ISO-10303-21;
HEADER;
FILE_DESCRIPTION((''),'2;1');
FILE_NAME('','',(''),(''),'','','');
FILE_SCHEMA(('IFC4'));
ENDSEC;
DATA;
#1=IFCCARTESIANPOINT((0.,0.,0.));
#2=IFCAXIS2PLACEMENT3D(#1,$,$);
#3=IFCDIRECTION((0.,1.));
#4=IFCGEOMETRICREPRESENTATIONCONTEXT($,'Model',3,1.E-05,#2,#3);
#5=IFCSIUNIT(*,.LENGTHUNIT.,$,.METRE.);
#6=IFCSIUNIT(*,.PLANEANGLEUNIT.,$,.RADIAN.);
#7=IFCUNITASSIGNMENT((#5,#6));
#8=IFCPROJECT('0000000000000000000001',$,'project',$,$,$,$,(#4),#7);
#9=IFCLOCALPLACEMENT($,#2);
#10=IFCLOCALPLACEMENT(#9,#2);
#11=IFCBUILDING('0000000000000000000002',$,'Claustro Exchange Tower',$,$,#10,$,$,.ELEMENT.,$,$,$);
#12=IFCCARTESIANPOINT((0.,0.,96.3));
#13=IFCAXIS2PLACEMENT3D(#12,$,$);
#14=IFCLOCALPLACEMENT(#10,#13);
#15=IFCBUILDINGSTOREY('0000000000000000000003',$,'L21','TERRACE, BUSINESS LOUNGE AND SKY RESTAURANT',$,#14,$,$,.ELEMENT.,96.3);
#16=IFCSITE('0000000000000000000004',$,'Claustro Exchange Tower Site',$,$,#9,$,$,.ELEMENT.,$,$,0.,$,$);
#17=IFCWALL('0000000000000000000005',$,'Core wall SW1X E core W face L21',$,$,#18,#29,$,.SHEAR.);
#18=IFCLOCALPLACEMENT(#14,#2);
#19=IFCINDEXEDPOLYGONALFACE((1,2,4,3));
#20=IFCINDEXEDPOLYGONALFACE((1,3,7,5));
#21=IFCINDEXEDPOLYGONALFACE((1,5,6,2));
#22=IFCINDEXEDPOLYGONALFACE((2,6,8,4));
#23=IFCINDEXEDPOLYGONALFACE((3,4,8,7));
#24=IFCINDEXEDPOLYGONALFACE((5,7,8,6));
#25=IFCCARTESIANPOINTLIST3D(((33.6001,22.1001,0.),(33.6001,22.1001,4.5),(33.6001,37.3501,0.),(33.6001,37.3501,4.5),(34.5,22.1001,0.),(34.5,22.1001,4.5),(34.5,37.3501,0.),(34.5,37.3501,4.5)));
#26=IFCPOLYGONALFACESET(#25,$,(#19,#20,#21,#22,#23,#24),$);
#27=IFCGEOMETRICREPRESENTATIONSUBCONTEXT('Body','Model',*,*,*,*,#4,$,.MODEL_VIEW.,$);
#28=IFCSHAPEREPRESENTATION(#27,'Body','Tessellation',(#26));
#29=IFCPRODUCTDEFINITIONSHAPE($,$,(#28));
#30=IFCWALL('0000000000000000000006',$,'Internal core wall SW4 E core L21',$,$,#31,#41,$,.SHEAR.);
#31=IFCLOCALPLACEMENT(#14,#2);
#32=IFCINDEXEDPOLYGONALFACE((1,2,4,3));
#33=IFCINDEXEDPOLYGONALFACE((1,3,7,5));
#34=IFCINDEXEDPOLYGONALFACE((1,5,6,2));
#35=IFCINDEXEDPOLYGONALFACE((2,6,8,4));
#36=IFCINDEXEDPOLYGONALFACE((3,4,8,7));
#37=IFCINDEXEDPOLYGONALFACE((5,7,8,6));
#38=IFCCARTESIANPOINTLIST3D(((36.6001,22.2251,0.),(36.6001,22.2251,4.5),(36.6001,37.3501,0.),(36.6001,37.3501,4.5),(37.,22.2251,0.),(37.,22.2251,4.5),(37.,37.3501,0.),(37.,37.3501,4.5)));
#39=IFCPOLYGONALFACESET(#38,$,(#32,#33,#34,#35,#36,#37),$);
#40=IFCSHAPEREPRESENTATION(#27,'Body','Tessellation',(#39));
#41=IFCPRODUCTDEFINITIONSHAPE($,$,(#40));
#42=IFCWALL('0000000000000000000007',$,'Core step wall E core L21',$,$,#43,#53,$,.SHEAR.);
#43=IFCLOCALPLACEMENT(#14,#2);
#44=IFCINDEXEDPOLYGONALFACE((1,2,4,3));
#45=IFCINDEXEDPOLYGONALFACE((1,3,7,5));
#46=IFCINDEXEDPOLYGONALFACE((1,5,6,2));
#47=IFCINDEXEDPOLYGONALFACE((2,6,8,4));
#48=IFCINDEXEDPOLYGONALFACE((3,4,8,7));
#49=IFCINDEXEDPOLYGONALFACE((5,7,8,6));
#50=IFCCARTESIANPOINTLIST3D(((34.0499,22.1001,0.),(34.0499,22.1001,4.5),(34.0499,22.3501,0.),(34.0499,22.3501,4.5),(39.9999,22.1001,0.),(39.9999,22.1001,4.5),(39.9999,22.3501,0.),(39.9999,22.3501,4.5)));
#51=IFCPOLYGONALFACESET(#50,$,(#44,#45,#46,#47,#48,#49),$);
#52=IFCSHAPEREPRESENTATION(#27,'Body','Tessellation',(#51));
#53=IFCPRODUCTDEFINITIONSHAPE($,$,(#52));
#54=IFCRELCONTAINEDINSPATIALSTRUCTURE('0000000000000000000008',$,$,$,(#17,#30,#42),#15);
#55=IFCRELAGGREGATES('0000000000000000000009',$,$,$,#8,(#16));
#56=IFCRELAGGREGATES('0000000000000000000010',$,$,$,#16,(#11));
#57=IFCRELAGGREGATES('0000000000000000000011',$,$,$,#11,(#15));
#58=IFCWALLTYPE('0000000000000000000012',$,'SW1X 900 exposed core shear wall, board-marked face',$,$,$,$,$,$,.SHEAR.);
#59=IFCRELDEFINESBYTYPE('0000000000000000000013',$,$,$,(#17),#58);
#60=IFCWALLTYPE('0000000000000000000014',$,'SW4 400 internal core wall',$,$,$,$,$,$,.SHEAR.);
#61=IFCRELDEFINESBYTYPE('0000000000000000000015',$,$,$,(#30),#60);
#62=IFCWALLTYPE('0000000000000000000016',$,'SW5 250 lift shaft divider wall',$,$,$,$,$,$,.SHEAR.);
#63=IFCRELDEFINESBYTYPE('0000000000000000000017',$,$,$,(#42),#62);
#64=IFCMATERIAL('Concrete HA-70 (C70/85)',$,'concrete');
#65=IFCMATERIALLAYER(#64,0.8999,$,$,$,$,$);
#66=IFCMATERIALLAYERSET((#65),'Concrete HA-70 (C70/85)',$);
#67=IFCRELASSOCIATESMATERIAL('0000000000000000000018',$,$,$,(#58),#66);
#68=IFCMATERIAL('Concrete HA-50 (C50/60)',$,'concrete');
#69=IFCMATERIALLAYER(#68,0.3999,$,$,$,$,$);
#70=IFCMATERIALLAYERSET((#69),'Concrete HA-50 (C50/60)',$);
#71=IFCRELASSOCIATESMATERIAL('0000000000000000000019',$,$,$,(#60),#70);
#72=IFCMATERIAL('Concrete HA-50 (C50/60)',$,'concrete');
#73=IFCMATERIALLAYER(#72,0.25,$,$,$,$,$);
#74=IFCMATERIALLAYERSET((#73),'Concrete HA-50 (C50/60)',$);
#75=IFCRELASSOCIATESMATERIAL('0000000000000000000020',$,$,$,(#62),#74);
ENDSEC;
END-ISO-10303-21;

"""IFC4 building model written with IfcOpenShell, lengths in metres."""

from ifc_helpers import new_model, si_unit, direction, frame, frame_2d, origin, place, context, subcontext, project, spatial, rectangle, extrude, material, layer, layer_set, type_object, element, save


model = new_model("IFC4")

# Units and contexts
model_context = context("Model", 3, precision=1e-05, world=origin(), true_north=direction((0.0, 1.0)))
body_context = subcontext(model_context, "Body", "Model", "MODEL_VIEW")
ifc_project = project(units=[si_unit("LENGTHUNIT", "METRE"), si_unit("PLANEANGLEUNIT", "RADIAN")], contexts=[model_context])

# Site, building, storey
site_placement = place(None, origin())
site = spatial("IfcSite", under=ifc_project, at=site_placement, Name="Claustro Exchange Tower Site", CompositionType="ELEMENT", RefElevation=0.0)
building_placement = place(site_placement, origin())
building = spatial("IfcBuilding", under=site, at=building_placement, Name="Claustro Exchange Tower", CompositionType="ELEMENT")
storey_placement = place(building_placement, frame((0.0, 0.0, 96.3)))
storey = spatial("IfcBuildingStorey", under=building, at=storey_placement, Name="L21", Description="TERRACE, BUSINESS LOUNGE AND SKY RESTAURANT", CompositionType="ELEMENT", Elevation=96.3)

# Walls
ifc_material_1 = material(Name="Concrete HA-70 (C70/85)", Category="concrete")
ifc_layer_1 = layer(ifc_material_1, 0.8999)
ifc_layer_set_1 = layer_set([ifc_layer_1], Name="Concrete HA-70 (C70/85)")
wall_type_1 = type_object("IfcWallType", Name="SW1X 900 exposed core shear wall, board-marked face", PredefinedType="SHEAR", material=ifc_layer_set_1)
wall_1_placement = place(storey_placement, frame((34.05, 22.1001, 0.0), z_axis=(0.0, 0.0, 1.0), x_axis=(0.0, 1.0, 0.0)))
element("IfcWall", 1, at=wall_1_placement, inside=storey, type_object=wall_type_1, Name="Core wall SW1X E core W face L21", PredefinedType="SHEAR", context=body_context, shape_type="SweptSolid", body=[
    extrude(rectangle(XDim=15.25, YDim=0.8999, at=frame_2d((7.625, 0.0))), origin(), (0.0, 0.0, 1.0), 4.5),
])
ifc_material_2 = material(Name="Concrete HA-50 (C50/60)", Category="concrete")
ifc_layer_2 = layer(ifc_material_2, 0.3999)
ifc_layer_set_2 = layer_set([ifc_layer_2], Name="Concrete HA-50 (C50/60)")
wall_type_2 = type_object("IfcWallType", Name="SW4 400 internal core wall", PredefinedType="SHEAR", material=ifc_layer_set_2)
wall_2_placement = place(storey_placement, frame((36.8, 22.2251, 0.0), z_axis=(0.0, 0.0, 1.0), x_axis=(0.0, 1.0, 0.0)))
element("IfcWall", 2, at=wall_2_placement, inside=storey, type_object=wall_type_2, Name="Internal core wall SW4 E core L21", PredefinedType="SHEAR", context=body_context, shape_type="SweptSolid", body=[
    extrude(rectangle(XDim=15.125, YDim=0.3999, at=frame_2d((7.5625, 0.0))), origin(), (0.0, 0.0, 1.0), 4.5),
])
ifc_material_3 = material(Name="Concrete HA-50 (C50/60)", Category="concrete")
ifc_layer_3 = layer(ifc_material_3, 0.25)
ifc_layer_set_3 = layer_set([ifc_layer_3], Name="Concrete HA-50 (C50/60)")
wall_type_3 = type_object("IfcWallType", Name="SW5 250 lift shaft divider wall", PredefinedType="SHEAR", material=ifc_layer_set_3)
wall_3_placement = place(storey_placement, frame((40.0, 22.2251, 0.0), z_axis=(0.0, 0.0, 1.0), x_axis=(-1.0, 0.0, 0.0)))
element("IfcWall", 3, at=wall_3_placement, inside=storey, type_object=wall_type_3, Name="Core step wall E core L21", PredefinedType="SHEAR", context=body_context, shape_type="SweptSolid", body=[
    extrude(rectangle(XDim=5.95, YDim=0.25, at=frame_2d((2.9751, 0.0))), origin(), (0.0, 0.0, 1.0), 4.5),
])

save(model, "model.ifc")
